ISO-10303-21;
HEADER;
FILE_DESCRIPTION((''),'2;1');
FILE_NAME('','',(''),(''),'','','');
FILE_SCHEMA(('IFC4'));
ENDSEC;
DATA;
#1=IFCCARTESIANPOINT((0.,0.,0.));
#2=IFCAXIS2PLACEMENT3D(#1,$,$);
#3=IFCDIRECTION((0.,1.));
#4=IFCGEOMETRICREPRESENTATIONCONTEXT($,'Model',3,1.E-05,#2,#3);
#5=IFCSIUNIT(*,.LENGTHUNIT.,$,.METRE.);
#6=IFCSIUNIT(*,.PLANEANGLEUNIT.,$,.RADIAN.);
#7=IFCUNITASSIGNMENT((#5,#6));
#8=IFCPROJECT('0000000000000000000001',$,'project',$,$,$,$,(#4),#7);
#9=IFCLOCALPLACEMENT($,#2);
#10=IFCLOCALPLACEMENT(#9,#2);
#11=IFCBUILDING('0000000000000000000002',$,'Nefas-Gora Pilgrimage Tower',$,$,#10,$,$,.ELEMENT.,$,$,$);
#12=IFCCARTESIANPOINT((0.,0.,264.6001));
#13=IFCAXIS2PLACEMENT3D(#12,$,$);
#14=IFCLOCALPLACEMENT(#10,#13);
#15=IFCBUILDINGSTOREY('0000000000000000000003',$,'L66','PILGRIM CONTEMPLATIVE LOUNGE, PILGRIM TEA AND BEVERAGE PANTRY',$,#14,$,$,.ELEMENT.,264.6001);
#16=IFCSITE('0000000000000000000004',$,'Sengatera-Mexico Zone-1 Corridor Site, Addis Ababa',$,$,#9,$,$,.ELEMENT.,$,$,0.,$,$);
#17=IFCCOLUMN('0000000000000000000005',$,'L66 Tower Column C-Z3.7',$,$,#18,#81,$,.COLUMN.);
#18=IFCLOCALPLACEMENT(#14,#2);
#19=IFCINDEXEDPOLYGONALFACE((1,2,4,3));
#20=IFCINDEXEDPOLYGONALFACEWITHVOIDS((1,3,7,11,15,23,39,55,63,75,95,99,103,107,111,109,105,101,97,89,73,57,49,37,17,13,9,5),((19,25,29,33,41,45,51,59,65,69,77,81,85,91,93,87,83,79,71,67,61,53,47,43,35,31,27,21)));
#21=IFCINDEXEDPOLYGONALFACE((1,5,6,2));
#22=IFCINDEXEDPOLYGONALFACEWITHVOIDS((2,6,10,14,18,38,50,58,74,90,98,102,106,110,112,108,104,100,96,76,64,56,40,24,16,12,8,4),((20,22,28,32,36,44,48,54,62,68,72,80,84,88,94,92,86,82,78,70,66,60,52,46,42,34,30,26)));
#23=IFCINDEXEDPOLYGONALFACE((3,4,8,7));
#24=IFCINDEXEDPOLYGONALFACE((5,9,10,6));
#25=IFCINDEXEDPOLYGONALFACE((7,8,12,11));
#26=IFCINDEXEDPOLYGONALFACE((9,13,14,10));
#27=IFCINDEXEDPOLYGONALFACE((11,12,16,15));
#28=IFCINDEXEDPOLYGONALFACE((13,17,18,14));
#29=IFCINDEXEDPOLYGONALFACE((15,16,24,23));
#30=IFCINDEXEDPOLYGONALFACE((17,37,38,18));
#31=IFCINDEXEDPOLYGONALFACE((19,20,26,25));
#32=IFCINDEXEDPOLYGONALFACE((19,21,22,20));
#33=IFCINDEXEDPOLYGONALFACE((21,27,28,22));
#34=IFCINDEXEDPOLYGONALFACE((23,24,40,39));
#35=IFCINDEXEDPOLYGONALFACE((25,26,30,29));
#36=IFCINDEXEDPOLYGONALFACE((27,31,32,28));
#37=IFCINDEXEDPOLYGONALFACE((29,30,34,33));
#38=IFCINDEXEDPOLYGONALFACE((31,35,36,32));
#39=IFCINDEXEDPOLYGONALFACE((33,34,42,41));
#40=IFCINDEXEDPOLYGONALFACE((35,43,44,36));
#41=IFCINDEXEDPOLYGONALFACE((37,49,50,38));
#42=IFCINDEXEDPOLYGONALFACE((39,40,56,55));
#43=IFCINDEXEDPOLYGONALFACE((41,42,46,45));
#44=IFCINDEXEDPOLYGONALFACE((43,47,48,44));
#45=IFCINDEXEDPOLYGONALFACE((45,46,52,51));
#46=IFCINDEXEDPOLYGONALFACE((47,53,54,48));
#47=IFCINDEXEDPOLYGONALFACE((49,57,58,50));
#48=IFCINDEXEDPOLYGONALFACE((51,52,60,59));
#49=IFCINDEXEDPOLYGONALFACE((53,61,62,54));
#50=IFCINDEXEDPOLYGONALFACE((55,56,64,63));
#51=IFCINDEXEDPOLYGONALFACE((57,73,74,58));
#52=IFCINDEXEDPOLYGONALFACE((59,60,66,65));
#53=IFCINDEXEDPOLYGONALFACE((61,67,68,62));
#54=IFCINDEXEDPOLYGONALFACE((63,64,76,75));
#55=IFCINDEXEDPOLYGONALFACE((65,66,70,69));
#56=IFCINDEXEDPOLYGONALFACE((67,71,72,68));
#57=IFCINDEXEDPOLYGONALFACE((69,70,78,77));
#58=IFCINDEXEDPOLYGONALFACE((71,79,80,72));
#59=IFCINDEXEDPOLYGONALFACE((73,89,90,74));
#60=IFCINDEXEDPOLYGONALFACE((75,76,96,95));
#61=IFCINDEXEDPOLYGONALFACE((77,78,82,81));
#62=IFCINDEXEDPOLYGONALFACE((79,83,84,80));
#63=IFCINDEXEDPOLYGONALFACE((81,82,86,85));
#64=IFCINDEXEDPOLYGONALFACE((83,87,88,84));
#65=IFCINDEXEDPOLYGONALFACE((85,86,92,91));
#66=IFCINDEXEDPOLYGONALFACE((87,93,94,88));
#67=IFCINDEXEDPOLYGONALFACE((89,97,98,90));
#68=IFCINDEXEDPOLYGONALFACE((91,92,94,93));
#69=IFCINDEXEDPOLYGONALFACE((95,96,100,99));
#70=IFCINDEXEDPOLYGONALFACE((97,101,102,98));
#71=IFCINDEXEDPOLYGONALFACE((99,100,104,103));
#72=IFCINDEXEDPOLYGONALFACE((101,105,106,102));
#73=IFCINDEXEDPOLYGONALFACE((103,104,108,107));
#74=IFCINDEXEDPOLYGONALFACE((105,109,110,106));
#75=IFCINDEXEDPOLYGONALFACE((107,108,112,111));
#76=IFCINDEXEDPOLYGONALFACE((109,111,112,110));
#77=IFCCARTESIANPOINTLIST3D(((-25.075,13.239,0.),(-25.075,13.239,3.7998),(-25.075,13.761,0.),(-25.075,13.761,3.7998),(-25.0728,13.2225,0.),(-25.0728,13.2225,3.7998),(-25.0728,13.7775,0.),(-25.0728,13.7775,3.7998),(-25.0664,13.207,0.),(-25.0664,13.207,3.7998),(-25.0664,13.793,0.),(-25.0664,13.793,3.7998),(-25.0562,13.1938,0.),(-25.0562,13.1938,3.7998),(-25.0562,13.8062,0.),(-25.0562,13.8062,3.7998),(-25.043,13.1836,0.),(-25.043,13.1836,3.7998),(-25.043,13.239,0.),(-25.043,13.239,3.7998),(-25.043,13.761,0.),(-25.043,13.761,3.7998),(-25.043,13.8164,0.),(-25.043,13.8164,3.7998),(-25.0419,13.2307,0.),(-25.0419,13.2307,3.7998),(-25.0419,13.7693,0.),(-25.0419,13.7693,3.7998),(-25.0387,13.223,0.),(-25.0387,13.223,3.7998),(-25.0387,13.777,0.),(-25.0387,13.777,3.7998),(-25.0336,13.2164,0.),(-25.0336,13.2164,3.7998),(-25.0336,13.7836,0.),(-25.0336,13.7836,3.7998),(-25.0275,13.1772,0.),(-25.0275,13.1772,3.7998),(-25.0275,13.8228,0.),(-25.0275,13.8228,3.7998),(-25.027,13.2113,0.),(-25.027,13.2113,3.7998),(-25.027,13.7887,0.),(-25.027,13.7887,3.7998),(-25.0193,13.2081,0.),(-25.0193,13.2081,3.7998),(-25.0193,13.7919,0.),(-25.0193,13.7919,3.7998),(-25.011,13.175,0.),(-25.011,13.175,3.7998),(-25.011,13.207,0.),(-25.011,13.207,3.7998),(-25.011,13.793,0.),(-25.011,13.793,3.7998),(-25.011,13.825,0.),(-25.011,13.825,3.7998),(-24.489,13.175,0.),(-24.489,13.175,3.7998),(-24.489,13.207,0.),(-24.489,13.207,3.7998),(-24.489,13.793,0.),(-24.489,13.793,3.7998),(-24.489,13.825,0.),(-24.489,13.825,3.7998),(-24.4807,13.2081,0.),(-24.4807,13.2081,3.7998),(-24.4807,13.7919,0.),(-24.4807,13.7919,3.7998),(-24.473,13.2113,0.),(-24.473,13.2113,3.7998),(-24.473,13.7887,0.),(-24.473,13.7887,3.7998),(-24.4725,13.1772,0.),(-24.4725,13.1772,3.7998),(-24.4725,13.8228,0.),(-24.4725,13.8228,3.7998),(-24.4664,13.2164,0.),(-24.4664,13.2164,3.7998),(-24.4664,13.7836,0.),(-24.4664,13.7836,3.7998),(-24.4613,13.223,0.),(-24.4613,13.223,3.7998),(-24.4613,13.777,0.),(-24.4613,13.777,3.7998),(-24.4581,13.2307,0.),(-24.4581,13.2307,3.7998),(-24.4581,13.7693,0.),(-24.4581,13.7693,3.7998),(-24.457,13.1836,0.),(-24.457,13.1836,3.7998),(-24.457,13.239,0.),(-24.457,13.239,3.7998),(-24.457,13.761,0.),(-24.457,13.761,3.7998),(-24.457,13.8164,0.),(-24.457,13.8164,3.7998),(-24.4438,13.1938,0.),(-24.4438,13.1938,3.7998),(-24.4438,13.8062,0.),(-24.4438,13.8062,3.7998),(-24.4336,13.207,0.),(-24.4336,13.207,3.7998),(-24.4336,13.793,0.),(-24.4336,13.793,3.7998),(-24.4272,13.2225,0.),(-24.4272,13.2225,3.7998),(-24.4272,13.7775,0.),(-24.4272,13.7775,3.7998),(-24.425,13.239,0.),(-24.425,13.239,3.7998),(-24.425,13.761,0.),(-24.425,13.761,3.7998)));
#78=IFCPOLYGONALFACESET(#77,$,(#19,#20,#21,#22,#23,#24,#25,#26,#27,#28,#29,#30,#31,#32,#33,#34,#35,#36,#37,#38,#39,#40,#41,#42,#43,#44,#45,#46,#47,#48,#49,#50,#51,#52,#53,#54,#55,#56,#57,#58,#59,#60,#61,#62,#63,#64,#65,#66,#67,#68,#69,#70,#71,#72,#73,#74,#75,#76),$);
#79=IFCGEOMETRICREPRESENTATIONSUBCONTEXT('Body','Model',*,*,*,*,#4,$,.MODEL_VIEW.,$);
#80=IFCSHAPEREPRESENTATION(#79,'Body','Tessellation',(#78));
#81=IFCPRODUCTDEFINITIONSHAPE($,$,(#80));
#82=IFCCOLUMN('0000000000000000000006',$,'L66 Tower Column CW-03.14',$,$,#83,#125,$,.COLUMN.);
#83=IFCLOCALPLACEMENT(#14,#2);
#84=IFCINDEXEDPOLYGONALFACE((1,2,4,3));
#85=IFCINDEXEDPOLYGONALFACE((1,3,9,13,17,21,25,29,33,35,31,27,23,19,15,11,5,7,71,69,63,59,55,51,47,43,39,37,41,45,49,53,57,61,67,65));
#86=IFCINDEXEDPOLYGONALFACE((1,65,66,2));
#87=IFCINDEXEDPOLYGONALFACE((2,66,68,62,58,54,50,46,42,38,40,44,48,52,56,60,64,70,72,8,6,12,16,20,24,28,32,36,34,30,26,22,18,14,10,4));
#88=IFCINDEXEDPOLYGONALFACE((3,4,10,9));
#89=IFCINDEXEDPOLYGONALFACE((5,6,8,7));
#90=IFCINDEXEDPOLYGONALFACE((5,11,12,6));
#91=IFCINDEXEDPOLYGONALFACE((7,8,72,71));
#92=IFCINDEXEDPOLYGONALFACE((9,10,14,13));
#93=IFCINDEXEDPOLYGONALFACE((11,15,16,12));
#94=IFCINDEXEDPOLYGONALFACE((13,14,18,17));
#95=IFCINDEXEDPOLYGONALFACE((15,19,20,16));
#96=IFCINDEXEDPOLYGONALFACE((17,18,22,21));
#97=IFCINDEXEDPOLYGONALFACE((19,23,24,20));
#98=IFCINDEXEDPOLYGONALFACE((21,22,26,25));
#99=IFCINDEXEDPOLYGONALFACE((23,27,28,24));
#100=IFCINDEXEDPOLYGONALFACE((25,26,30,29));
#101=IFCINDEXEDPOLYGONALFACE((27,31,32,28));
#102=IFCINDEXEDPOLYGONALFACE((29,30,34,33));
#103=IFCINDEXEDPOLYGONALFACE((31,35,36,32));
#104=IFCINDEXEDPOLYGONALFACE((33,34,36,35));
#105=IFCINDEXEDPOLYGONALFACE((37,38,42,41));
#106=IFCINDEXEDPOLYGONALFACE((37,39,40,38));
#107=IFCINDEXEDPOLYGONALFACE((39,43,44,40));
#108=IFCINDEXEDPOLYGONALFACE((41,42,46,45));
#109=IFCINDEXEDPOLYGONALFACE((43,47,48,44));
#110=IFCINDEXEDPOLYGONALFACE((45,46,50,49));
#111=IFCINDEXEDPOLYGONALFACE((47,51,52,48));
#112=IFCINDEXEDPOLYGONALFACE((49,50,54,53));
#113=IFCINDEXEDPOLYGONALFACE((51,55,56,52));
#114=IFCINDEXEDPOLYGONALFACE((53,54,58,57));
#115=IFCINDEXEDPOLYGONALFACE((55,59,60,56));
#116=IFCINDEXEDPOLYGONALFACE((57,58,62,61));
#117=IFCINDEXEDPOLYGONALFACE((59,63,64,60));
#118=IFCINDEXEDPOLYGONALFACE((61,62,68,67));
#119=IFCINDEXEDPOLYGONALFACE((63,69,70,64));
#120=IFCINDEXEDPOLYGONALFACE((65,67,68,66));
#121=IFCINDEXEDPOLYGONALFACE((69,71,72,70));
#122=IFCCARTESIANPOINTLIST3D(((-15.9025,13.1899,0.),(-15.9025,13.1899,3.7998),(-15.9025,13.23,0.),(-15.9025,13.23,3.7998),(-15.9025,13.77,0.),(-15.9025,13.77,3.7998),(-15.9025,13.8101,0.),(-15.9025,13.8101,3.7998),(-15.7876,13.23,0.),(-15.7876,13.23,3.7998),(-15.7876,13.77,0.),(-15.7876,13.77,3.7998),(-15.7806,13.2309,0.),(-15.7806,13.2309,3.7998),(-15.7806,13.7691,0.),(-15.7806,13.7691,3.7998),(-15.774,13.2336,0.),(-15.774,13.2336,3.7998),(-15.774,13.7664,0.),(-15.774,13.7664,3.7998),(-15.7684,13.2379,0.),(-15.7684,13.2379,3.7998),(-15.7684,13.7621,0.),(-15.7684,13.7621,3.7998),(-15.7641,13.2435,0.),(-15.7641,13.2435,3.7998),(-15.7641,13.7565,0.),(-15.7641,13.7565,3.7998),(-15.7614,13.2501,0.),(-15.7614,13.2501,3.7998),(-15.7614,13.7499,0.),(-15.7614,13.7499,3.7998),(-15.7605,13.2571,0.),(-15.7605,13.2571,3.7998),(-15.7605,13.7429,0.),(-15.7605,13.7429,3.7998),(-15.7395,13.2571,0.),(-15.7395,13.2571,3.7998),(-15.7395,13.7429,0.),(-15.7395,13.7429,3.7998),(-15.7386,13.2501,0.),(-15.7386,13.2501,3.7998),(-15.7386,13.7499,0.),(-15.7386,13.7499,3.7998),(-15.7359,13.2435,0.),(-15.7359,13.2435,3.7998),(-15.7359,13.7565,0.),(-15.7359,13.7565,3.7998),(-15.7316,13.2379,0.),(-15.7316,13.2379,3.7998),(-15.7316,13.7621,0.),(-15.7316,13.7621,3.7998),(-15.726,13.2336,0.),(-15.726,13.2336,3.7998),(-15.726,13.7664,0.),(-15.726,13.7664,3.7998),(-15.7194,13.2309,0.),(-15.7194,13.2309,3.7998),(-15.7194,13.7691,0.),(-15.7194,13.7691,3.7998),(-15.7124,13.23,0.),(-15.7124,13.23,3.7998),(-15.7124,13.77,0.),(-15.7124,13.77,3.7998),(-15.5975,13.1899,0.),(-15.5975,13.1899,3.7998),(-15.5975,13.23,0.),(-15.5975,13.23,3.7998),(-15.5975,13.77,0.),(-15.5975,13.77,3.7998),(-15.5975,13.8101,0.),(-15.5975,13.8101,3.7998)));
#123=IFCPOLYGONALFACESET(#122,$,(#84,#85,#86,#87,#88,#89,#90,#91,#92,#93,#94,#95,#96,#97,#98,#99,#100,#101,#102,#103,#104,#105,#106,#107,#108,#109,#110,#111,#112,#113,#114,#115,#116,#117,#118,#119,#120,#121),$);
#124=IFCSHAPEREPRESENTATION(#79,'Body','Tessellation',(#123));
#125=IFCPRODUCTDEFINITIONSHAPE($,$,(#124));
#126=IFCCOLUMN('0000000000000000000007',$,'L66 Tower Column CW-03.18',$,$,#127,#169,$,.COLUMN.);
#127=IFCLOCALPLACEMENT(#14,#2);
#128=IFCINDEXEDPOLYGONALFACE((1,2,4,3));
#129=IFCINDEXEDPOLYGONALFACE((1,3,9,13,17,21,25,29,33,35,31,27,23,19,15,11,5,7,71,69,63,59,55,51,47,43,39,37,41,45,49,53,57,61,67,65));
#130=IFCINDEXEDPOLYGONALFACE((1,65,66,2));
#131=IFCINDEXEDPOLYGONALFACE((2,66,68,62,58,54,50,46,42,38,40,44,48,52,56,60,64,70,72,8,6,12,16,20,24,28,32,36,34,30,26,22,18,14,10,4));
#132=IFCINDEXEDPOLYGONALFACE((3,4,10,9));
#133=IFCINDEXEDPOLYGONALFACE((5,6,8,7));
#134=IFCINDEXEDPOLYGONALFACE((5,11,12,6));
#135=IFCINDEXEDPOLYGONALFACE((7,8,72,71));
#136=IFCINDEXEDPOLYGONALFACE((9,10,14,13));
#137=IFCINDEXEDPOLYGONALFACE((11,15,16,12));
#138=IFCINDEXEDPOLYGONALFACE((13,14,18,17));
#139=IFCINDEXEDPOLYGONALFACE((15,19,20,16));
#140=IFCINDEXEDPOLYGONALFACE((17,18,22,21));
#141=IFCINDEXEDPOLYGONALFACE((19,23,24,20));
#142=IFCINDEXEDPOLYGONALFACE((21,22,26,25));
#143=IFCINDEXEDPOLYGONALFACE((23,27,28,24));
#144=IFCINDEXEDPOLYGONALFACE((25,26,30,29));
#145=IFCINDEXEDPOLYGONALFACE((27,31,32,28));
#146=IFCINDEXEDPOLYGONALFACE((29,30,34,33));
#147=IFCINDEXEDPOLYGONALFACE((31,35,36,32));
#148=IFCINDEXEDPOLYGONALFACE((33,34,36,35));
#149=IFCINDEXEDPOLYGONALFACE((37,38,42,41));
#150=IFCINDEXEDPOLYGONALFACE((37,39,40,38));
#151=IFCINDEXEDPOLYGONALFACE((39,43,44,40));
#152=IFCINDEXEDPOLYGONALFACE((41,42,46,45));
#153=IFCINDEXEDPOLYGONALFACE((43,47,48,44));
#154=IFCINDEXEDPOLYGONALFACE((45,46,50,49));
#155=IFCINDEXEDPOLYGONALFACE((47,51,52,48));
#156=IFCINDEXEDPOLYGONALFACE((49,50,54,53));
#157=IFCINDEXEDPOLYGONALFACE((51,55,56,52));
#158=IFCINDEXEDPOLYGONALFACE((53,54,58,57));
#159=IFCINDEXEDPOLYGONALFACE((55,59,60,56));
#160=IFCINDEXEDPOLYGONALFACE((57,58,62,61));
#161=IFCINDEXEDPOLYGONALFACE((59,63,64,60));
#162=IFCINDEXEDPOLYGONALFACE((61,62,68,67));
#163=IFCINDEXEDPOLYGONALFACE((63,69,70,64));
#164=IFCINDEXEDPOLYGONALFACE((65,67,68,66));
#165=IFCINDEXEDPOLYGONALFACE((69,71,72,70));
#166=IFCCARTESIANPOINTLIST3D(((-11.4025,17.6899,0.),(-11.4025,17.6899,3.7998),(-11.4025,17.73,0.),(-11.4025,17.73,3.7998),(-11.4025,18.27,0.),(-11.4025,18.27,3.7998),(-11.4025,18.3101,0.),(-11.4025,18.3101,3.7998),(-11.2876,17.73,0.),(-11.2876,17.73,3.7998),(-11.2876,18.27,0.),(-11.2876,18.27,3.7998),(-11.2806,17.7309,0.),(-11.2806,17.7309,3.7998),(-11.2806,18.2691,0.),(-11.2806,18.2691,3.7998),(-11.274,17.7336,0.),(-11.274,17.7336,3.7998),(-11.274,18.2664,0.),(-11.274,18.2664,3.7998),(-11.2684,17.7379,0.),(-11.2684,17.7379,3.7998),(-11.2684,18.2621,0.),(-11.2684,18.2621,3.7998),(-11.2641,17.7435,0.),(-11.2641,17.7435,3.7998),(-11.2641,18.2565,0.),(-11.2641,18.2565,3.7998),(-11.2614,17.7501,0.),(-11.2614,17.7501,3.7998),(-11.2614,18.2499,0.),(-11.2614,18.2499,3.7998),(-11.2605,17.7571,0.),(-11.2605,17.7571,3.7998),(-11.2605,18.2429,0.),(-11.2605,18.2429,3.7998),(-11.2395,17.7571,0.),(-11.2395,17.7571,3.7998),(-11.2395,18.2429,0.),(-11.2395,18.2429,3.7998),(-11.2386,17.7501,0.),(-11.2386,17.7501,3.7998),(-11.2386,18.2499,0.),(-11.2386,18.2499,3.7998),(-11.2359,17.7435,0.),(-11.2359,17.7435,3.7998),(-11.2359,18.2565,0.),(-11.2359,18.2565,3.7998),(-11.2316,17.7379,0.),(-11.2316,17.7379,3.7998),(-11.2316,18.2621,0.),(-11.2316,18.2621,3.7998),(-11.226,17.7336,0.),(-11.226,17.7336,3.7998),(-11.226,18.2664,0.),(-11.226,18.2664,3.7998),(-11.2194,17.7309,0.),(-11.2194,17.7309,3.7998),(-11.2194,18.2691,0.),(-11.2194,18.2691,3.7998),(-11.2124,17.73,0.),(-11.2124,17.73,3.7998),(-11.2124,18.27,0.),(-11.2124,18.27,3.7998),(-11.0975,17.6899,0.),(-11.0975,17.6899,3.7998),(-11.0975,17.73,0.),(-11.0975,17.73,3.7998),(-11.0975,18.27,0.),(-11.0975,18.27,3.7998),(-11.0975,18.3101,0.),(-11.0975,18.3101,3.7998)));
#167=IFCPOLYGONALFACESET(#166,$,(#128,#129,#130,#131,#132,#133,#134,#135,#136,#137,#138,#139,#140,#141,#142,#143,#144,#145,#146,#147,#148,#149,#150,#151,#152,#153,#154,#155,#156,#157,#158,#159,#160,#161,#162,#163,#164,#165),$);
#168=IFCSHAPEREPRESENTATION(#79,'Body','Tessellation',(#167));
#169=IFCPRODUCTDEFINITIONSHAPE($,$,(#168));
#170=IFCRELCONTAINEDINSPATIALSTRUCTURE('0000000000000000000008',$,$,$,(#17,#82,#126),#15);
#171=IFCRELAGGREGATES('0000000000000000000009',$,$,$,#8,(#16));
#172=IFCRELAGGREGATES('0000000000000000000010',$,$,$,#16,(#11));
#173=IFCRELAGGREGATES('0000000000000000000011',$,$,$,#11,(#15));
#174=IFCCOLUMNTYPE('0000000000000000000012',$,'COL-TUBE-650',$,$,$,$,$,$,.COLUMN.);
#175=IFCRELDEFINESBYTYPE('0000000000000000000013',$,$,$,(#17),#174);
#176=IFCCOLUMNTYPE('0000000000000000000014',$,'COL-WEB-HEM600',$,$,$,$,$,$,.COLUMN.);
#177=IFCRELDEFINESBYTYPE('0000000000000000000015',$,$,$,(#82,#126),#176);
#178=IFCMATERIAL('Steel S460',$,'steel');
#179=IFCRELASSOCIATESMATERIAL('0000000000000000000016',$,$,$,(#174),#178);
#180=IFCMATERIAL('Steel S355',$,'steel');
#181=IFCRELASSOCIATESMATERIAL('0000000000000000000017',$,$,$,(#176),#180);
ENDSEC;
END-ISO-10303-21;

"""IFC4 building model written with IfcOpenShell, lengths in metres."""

from ifc_helpers import new_model, si_unit, direction, frame, origin, origin_2d, place, context, subcontext, project, spatial, hollow_rectangle, i_section, extrude, source, transform, mapped, material, material_profile, profile_set, type_object, element, save


model = new_model("IFC4")

# Units and contexts
model_context = context("Model", 3, precision=1e-05, world=origin(), true_north=direction((0.0, 1.0)))
body_context = subcontext(model_context, "Body", "Model", "MODEL_VIEW")
ifc_project = project(units=[si_unit("LENGTHUNIT", "METRE"), si_unit("PLANEANGLEUNIT", "RADIAN")], contexts=[model_context])

# Site, building, storey
site_placement = place(None, origin())
site = spatial("IfcSite", under=ifc_project, at=site_placement, Name="Sengatera-Mexico Zone-1 Corridor Site, Addis Ababa", CompositionType="ELEMENT", RefElevation=0.0)
building_placement = place(site_placement, origin())
building = spatial("IfcBuilding", under=site, at=building_placement, Name="Nefas-Gora Pilgrimage Tower", CompositionType="ELEMENT")
storey_placement = place(building_placement, frame((0.0, 0.0, 264.6001)))
storey = spatial("IfcBuildingStorey", under=building, at=storey_placement, Name="L66", Description="PILGRIM CONTEMPLATIVE LOUNGE, PILGRIM TEA AND BEVERAGE PANTRY", CompositionType="ELEMENT", Elevation=264.6001)

# Columns
ifc_material_1 = material(Name="Steel S460", Category="steel")
ifc_material_profile_1 = material_profile(ifc_material_1, hollow_rectangle(XDim=0.6499, YDim=0.6499, WallThickness=0.032, InnerFilletRadius=0.032, OuterFilletRadius=0.064, at=origin_2d()), Name="BOX 650x650x32")
ifc_profile_set_1 = profile_set([ifc_material_profile_1], Name="Steel S460")
column_type_1 = type_object("IfcColumnType", Name="COL-TUBE-650", PredefinedType="COLUMN", material=ifc_profile_set_1)
shared_shape_1 = source(origin(), body_context, "Body", "SweptSolid", [
    extrude(hollow_rectangle(XDim=0.6499, YDim=0.6499, WallThickness=0.032, InnerFilletRadius=0.032, OuterFilletRadius=0.064, at=origin_2d()), origin(), (0.0, 0.0, 1.0), 3.7998),
])
column_placement = place(storey_placement, frame((-24.75, 13.5, 0.0), z_axis=(0.0, 0.0, 1.0), x_axis=(1.0, 0.0, 0.0)))
element("IfcColumn", 1, at=column_placement, inside=storey, type_object=column_type_1, Name="L66 Tower Column C-Z3.7", PredefinedType="COLUMN", context=body_context, shape_type="MappedRepresentation", body=[
    mapped(shared_shape_1, transform((0.0, 0.0, 0.0), x_axis=(1.0, 0.0, 0.0), y_axis=(0.0, 1.0, 0.0), z_axis=(0.0, 0.0, 1.0), scale=1.0)),
])
ifc_material_2 = material(Name="Steel S355", Category="steel")
ifc_material_profile_2 = material_profile(ifc_material_2, i_section(OverallWidth=0.3049, OverallDepth=0.6201, WebThickness=0.021, FlangeThickness=0.04, FilletRadius=0.0271, at=origin_2d()), Name="HEM 600")
ifc_profile_set_2 = profile_set([ifc_material_profile_2], Name="Steel S355")
column_type_2 = type_object("IfcColumnType", Name="COL-WEB-HEM600", PredefinedType="COLUMN", material=ifc_profile_set_2)
shared_shape_2 = source(origin(), body_context, "Body", "SweptSolid", [
    extrude(i_section(OverallWidth=0.3049, OverallDepth=0.6201, WebThickness=0.021, FlangeThickness=0.04, FilletRadius=0.0271, at=origin_2d()), origin(), (0.0, 0.0, 1.0), 3.7998),
])
for number, where, z_axis, x_axis, name in (
    (2, (-15.75, 13.5, 0.0), (0.0, 0.0, 1.0), (1.0, 0.0, 0.0), "L66 Tower Column CW-03.14"),
    (3, (-11.25, 18.0, 0.0), (0.0, 0.0, 1.0), (1.0, 0.0, 0.0), "L66 Tower Column CW-03.18"),
):
    element("IfcColumn", number, at=place(storey_placement, frame(where, z_axis=z_axis, x_axis=x_axis)), inside=storey, type_object=column_type_2, Name=name, PredefinedType="COLUMN", context=body_context, shape_type="MappedRepresentation", body=[
        mapped(shared_shape_2, transform((0.0, 0.0, 0.0), x_axis=(1.0, 0.0, 0.0), y_axis=(0.0, 1.0, 0.0), z_axis=(0.0, 0.0, 1.0), scale=1.0)),
    ])

save(model, "model.ifc")
